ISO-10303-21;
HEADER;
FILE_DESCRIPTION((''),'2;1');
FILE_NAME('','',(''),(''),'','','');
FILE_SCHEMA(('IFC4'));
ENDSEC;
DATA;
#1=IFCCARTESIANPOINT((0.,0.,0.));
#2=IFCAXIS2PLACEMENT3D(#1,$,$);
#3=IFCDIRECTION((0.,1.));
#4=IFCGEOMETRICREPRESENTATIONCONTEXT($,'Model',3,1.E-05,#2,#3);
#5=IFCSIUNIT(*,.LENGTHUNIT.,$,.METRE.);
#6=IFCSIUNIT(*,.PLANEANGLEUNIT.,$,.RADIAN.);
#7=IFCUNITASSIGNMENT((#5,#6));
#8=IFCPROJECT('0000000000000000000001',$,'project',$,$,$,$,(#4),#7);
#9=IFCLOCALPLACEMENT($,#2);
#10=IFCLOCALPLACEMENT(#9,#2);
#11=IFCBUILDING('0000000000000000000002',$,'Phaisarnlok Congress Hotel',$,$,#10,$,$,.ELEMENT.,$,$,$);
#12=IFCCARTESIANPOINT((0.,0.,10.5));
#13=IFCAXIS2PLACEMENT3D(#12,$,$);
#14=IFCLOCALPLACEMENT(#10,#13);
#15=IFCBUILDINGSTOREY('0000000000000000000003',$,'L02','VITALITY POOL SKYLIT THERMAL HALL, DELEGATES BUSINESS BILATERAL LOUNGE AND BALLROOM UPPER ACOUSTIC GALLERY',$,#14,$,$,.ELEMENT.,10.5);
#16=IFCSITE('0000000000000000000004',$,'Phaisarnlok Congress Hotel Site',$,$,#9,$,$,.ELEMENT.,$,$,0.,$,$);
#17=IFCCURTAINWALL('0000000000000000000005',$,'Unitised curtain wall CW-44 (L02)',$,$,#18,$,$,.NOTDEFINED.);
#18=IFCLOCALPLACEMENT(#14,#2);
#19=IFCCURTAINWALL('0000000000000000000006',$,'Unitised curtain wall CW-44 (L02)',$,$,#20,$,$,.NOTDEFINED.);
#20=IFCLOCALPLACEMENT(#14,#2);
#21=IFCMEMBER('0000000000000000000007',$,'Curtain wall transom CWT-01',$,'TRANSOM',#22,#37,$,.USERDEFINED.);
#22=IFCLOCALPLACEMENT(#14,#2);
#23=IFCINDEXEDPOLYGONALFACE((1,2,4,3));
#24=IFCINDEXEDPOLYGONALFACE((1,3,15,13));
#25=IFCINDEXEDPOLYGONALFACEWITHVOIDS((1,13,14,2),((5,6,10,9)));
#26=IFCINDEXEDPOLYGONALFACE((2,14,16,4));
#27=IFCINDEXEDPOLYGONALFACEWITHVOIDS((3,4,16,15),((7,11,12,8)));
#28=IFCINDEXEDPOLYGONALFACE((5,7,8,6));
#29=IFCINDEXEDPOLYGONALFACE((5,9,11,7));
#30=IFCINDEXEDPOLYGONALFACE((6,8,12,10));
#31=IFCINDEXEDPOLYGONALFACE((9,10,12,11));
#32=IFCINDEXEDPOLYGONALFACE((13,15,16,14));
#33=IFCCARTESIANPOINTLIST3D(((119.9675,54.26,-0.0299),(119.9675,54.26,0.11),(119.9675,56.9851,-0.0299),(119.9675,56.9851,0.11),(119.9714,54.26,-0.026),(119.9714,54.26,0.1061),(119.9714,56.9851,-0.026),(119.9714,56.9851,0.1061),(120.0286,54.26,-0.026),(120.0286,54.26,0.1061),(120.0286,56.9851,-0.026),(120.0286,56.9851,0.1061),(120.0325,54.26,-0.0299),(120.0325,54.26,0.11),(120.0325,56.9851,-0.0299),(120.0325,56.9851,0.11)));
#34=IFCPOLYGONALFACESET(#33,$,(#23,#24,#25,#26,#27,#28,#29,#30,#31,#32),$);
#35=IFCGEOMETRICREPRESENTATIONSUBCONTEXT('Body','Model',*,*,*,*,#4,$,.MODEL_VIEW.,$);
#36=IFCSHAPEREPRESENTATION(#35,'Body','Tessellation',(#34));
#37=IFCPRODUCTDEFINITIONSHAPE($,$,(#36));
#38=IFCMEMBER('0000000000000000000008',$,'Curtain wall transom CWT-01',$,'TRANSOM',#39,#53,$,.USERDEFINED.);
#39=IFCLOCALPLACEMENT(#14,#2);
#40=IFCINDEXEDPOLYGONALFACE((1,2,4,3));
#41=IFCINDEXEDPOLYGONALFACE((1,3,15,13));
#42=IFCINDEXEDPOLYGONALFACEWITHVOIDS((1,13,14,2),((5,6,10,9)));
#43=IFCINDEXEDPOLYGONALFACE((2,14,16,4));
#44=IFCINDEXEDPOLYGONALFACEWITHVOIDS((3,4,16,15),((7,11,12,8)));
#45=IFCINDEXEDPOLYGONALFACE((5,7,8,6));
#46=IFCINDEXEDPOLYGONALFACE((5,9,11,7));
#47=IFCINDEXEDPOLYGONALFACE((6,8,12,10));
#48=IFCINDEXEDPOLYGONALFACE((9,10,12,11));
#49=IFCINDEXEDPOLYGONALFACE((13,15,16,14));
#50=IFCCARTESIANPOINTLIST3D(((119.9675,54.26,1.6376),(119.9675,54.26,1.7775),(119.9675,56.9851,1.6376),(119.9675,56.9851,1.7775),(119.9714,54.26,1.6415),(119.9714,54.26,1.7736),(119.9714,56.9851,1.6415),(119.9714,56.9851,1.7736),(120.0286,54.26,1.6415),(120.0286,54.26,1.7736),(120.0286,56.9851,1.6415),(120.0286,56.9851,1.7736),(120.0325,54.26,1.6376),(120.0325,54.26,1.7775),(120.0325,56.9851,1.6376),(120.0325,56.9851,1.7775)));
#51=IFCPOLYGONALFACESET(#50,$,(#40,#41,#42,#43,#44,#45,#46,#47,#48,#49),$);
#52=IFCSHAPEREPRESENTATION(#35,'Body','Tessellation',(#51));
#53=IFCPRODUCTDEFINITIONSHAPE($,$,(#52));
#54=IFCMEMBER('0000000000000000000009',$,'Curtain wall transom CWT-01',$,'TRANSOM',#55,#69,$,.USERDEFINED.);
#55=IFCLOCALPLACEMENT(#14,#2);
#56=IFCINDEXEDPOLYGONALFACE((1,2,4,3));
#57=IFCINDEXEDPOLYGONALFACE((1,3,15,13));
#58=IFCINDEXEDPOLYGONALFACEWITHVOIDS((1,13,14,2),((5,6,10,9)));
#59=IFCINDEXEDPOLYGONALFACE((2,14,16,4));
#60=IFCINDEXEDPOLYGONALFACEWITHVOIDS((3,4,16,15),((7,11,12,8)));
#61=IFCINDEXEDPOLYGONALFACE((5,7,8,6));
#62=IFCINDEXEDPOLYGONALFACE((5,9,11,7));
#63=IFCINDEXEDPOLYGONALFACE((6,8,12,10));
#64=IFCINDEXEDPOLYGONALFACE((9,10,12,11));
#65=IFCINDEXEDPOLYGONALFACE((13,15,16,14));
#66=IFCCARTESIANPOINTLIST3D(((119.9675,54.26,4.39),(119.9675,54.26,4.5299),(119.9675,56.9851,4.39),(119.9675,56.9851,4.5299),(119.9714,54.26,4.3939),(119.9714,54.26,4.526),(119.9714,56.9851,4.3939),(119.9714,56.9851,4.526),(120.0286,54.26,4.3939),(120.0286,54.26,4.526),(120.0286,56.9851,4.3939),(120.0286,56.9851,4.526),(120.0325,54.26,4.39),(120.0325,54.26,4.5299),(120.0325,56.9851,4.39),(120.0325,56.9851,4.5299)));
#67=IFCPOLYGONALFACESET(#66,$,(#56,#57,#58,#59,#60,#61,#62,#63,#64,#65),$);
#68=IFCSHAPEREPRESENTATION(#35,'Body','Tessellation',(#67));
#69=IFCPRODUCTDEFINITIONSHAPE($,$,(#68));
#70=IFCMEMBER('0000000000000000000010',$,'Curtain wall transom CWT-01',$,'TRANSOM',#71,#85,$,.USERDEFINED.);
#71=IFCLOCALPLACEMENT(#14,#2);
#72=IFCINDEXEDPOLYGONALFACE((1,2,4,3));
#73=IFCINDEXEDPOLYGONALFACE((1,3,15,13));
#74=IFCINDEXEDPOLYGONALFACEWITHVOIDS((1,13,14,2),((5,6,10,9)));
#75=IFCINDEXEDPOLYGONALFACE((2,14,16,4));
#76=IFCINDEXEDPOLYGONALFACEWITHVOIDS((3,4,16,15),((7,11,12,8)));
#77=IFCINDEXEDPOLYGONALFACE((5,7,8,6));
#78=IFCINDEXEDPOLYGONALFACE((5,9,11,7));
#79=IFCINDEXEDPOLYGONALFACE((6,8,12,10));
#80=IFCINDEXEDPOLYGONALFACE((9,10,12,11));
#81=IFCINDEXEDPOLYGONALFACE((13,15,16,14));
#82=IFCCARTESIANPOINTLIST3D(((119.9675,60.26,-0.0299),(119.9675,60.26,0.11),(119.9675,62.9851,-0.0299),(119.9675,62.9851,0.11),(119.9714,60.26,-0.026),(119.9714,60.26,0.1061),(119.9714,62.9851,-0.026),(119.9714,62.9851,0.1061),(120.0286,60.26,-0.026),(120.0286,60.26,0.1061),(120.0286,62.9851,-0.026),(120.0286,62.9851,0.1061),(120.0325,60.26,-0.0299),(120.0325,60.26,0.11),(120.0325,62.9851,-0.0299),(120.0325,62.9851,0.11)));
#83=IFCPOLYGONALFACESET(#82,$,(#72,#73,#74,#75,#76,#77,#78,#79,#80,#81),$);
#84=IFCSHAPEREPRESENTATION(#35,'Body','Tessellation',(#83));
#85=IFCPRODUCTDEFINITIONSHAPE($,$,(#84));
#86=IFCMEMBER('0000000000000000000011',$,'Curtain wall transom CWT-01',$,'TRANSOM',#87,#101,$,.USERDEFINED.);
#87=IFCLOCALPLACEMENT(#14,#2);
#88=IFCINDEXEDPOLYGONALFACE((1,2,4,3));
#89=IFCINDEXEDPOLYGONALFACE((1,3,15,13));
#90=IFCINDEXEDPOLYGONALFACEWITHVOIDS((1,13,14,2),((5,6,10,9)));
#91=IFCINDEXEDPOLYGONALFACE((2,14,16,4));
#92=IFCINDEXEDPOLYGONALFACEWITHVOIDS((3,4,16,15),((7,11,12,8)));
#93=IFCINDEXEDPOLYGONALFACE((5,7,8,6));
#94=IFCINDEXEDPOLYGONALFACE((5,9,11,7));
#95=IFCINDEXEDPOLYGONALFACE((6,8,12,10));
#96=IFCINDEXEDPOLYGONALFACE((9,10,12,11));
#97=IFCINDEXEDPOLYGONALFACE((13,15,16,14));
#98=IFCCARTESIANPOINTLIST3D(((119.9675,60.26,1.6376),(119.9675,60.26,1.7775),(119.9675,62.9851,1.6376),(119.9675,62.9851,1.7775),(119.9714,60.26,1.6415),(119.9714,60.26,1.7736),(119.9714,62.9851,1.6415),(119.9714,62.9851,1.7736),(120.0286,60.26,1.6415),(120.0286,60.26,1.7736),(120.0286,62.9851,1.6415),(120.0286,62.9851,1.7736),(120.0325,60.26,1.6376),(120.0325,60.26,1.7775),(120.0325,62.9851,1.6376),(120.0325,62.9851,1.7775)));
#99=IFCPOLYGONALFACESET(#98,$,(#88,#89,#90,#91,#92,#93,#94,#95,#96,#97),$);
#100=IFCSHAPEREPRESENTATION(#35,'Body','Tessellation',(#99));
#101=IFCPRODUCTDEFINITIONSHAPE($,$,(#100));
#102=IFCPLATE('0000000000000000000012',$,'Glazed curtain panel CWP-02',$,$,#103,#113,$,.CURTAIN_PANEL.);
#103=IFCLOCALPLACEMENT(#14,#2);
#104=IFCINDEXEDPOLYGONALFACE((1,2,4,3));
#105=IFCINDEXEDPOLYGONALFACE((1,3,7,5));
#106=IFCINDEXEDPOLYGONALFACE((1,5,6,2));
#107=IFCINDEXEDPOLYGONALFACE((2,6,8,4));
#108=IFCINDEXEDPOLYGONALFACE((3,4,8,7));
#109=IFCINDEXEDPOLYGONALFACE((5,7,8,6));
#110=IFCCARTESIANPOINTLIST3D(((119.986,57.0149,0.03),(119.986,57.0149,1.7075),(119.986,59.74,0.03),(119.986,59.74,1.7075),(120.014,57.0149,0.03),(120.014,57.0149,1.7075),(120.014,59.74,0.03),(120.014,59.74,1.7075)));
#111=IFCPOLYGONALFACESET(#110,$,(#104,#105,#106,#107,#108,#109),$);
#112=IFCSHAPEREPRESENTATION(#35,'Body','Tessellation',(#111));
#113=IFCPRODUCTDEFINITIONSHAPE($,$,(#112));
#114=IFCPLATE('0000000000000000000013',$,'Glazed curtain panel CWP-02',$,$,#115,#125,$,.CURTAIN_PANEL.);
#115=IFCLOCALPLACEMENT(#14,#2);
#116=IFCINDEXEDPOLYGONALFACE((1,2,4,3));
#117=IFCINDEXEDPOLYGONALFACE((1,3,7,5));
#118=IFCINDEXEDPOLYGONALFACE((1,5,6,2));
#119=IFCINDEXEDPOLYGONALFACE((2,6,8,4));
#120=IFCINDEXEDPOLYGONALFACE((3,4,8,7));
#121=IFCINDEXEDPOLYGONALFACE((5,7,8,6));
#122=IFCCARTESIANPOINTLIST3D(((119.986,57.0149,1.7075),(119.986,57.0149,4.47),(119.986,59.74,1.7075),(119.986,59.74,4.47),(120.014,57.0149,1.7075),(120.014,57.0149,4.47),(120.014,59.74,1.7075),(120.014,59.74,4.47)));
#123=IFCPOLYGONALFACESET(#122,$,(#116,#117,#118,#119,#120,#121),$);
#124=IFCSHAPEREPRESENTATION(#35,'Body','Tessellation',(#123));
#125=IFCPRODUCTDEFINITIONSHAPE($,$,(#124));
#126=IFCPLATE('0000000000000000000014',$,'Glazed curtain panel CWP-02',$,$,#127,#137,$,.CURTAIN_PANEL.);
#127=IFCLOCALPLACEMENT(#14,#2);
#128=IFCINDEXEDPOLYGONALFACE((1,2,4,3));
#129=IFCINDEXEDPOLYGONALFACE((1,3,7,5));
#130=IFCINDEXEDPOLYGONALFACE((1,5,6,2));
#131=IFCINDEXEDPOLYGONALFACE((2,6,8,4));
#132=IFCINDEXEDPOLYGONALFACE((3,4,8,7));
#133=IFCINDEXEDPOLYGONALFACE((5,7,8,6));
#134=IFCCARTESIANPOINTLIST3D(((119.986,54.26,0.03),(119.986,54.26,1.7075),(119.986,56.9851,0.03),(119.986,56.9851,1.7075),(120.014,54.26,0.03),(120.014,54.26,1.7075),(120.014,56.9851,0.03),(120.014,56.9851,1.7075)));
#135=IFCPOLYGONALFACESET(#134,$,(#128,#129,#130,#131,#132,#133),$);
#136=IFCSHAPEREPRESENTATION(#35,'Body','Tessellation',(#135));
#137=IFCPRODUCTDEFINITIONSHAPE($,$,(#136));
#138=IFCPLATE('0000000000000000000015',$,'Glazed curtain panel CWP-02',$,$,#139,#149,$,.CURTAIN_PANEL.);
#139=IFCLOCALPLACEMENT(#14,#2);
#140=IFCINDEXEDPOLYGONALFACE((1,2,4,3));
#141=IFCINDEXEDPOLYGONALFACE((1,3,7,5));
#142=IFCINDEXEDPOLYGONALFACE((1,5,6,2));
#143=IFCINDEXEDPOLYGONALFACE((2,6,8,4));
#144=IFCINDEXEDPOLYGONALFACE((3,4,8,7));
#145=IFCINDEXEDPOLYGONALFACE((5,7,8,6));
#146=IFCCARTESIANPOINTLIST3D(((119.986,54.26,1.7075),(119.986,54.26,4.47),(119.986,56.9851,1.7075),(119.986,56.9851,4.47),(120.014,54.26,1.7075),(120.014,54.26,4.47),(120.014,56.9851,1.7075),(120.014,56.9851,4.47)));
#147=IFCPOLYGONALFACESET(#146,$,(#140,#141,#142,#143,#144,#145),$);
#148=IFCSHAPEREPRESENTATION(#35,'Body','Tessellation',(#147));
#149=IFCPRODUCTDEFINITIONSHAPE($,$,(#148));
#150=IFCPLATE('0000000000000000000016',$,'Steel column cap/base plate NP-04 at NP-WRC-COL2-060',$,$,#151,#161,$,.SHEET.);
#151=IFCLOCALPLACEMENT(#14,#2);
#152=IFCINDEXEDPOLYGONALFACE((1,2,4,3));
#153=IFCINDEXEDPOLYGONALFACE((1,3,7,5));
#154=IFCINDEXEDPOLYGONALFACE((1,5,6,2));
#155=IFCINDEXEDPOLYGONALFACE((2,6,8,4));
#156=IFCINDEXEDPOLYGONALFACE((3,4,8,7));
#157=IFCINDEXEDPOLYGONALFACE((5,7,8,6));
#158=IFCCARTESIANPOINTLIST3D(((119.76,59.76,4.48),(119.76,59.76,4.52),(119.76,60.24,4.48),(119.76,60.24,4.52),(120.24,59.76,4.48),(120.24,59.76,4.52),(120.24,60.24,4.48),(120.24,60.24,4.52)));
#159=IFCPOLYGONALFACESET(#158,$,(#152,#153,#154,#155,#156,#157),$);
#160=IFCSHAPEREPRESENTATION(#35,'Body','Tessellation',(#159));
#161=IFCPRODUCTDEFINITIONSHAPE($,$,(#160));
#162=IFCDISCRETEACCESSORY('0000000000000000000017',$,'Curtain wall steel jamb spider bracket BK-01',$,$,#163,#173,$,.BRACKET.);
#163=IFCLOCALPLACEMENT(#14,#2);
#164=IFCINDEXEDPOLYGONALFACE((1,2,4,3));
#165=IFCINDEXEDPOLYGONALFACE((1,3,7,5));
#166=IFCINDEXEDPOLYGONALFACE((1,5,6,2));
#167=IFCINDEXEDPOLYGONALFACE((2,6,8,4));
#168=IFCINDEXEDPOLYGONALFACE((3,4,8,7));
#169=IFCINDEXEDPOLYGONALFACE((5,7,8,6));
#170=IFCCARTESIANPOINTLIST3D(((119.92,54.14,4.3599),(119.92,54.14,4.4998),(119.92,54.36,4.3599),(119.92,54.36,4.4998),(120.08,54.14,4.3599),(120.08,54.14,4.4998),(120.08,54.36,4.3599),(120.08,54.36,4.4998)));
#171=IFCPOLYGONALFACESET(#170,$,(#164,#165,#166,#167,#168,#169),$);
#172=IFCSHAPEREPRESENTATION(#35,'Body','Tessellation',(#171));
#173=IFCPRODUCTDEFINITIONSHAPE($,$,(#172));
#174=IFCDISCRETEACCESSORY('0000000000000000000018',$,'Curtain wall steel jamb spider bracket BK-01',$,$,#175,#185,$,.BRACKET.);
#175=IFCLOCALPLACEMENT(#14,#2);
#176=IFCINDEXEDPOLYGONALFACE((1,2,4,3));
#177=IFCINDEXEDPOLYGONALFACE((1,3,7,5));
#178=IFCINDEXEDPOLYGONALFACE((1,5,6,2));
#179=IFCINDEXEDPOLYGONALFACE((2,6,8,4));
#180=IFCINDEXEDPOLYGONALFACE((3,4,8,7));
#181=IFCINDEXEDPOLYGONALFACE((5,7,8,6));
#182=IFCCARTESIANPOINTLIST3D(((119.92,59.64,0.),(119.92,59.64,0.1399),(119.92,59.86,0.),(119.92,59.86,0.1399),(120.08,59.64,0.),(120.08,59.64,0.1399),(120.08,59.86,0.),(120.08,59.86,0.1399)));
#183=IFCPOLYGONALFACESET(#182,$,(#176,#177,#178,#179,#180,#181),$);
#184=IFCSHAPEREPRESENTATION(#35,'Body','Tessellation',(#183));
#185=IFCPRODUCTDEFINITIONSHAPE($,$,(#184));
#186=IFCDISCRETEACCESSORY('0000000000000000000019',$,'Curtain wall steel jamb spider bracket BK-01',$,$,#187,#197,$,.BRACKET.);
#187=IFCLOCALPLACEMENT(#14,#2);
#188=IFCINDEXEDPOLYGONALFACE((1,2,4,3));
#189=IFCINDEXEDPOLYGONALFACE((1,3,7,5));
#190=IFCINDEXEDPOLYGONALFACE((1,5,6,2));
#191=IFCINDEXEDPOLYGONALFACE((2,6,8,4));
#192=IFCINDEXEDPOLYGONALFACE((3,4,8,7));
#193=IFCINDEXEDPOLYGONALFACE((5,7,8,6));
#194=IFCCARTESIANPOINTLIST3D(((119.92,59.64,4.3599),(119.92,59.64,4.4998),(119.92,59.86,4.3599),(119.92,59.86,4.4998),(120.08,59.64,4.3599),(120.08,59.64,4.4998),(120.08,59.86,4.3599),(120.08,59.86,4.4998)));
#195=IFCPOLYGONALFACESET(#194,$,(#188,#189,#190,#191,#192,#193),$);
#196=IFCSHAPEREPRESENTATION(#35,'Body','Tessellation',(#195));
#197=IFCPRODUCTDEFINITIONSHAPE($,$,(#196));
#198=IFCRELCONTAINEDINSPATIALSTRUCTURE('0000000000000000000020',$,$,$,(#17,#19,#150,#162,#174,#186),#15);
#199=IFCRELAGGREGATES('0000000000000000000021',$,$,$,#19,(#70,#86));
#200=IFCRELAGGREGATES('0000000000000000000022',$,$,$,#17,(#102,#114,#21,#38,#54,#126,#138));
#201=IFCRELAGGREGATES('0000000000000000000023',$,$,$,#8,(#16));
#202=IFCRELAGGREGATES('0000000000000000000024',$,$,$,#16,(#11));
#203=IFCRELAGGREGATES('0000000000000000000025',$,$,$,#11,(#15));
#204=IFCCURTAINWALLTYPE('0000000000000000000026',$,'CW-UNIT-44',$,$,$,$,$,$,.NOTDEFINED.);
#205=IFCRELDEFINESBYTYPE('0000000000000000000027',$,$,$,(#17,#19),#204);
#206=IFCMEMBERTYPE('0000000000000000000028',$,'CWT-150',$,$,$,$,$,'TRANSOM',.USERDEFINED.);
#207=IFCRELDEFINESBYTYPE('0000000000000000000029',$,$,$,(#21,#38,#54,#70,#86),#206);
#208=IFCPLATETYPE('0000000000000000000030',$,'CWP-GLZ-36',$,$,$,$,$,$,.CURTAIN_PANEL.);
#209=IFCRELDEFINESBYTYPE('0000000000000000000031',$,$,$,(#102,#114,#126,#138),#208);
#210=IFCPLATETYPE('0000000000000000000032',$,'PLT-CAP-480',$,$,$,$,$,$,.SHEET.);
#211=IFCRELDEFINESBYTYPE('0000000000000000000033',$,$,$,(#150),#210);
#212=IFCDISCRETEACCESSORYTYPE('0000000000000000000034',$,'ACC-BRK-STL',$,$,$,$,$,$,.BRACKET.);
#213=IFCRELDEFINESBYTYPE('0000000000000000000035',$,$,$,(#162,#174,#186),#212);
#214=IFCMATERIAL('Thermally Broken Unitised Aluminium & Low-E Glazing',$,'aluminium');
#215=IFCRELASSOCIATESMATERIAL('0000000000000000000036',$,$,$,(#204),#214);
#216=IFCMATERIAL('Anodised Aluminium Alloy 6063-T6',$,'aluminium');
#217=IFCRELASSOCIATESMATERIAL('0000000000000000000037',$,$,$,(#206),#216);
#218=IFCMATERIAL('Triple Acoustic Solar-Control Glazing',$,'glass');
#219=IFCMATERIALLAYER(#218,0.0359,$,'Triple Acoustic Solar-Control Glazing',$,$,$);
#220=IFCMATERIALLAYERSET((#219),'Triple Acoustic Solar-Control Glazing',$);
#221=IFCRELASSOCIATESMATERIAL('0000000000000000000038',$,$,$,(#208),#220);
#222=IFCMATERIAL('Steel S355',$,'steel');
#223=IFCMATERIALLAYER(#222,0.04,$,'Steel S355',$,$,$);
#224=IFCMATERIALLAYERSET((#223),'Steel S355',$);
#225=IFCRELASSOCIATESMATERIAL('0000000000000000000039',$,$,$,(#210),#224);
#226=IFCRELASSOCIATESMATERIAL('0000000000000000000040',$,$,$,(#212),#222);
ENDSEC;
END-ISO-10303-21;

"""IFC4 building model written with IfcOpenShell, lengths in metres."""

from ifc_helpers import new_model, si_unit, direction, frame, frame_2d, origin, origin_2d, place, context, subcontext, project, spatial, rectangle, hollow_rectangle, extrude, material, layer, layer_set, material_profile, profile_set, type_object, element, aggregate, save


model = new_model("IFC4")

# Units and contexts
model_context = context("Model", 3, precision=1e-05, world=origin(), true_north=direction((0.0, 1.0)))
body_context = subcontext(model_context, "Body", "Model", "MODEL_VIEW")
ifc_project = project(units=[si_unit("LENGTHUNIT", "METRE"), si_unit("PLANEANGLEUNIT", "RADIAN")], contexts=[model_context])

# Site, building, storey
site_placement = place(None, origin())
site = spatial("IfcSite", under=ifc_project, at=site_placement, Name="Phaisarnlok Congress Hotel Site", CompositionType="ELEMENT", RefElevation=0.0)
building_placement = place(site_placement, origin())
building = spatial("IfcBuilding", under=site, at=building_placement, Name="Phaisarnlok Congress Hotel", CompositionType="ELEMENT")
storey_placement = place(building_placement, frame((0.0, 0.0, 10.5)))
storey = spatial("IfcBuildingStorey", under=building, at=storey_placement, Name="L02", Description="VITALITY POOL SKYLIT THERMAL HALL, DELEGATES BUSINESS BILATERAL LOUNGE AND BALLROOM UPPER ACOUSTIC GALLERY", CompositionType="ELEMENT", Elevation=10.5)

# Shared definitions
ifc_material_1 = material(Name="Steel S355", Category="steel")

# Curtain wall
ifc_material_2 = material(Name="Thermally Broken Unitised Aluminium & Low-E Glazing", Category="aluminium")
curtain_wall_type = type_object("IfcCurtainWallType", Name="CW-UNIT-44", PredefinedType="NOTDEFINED", material=ifc_material_2)
curtain_wall_1_placement = place(storey_placement, origin())
curtain_wall_1 = element("IfcCurtainWall", 1, at=curtain_wall_1_placement, inside=storey, type_object=curtain_wall_type, Name="Unitised curtain wall CW-44 (L02)", PredefinedType="NOTDEFINED")
ifc_material_3 = material(Name="Anodised Aluminium Alloy 6063-T6", Category="aluminium")

# Curtain wall
curtain_wall_2_placement = place(storey_placement, origin())
curtain_wall_2 = element("IfcCurtainWall", 2, at=curtain_wall_2_placement, inside=storey, type_object=curtain_wall_type, Name="Unitised curtain wall CW-44 (L02)", PredefinedType="NOTDEFINED")

# Members
ifc_material_profile_1 = material_profile(ifc_material_3, hollow_rectangle(XDim=0.0649, YDim=0.1399, WallThickness=0.0039, at=origin_2d()), Name="ALU-T 65x140x4")
ifc_profile_set_1 = profile_set([ifc_material_profile_1], Name="Anodised Aluminium Alloy 6063-T6")
member_type_1 = type_object("IfcMemberType", Name="CWT-150", ElementType="TRANSOM", PredefinedType="USERDEFINED", material=ifc_profile_set_1)
member_1_placement = place(storey_placement, frame((120.0, 56.9851, 0.04), z_axis=(0.0, -1.0, 0.0), x_axis=(1.0, 0.0, 0.0)))
member_1 = element("IfcMember", 3, at=member_1_placement, type_object=member_type_1, Name="Curtain wall transom CWT-01", ObjectType="TRANSOM", PredefinedType="USERDEFINED", context=body_context, shape_type="SweptSolid", body=[
    extrude(hollow_rectangle(XDim=0.0649, YDim=0.1399, WallThickness=0.0039, at=origin_2d()), origin(), (0.0, 0.0, 1.0), 2.7251),
])
member_2_placement = place(storey_placement, frame((120.0, 56.9851, 1.7075), z_axis=(0.0, -1.0, 0.0), x_axis=(1.0, 0.0, 0.0)))
member_2 = element("IfcMember", 4, at=member_2_placement, type_object=member_type_1, Name="Curtain wall transom CWT-01", ObjectType="TRANSOM", PredefinedType="USERDEFINED", context=body_context, shape_type="SweptSolid", body=[
    extrude(hollow_rectangle(XDim=0.0649, YDim=0.1399, WallThickness=0.0039, at=origin_2d()), origin(), (0.0, 0.0, 1.0), 2.7251),
])
member_3_placement = place(storey_placement, frame((120.0, 56.9851, 4.46), z_axis=(0.0, -1.0, 0.0), x_axis=(1.0, 0.0, 0.0)))
member_3 = element("IfcMember", 5, at=member_3_placement, type_object=member_type_1, Name="Curtain wall transom CWT-01", ObjectType="TRANSOM", PredefinedType="USERDEFINED", context=body_context, shape_type="SweptSolid", body=[
    extrude(hollow_rectangle(XDim=0.0649, YDim=0.1399, WallThickness=0.0039, at=origin_2d()), origin(), (0.0, 0.0, 1.0), 2.7251),
])
member_4_placement = place(storey_placement, frame((120.0, 62.9851, 0.04), z_axis=(0.0, -1.0, 0.0), x_axis=(1.0, 0.0, 0.0)))
member_4 = element("IfcMember", 6, at=member_4_placement, type_object=member_type_1, Name="Curtain wall transom CWT-01", ObjectType="TRANSOM", PredefinedType="USERDEFINED", context=body_context, shape_type="SweptSolid", body=[
    extrude(hollow_rectangle(XDim=0.0649, YDim=0.1399, WallThickness=0.0039, at=origin_2d()), origin(), (0.0, 0.0, 1.0), 2.7251),
])
member_5_placement = place(storey_placement, frame((120.0, 62.9851, 1.7075), z_axis=(0.0, -1.0, 0.0), x_axis=(1.0, 0.0, 0.0)))
member_5 = element("IfcMember", 7, at=member_5_placement, type_object=member_type_1, Name="Curtain wall transom CWT-01", ObjectType="TRANSOM", PredefinedType="USERDEFINED", context=body_context, shape_type="SweptSolid", body=[
    extrude(hollow_rectangle(XDim=0.0649, YDim=0.1399, WallThickness=0.0039, at=origin_2d()), origin(), (0.0, 0.0, 1.0), 2.7251),
])
aggregate(curtain_wall_2, [member_4, member_5])

# Plates
ifc_material_4 = material(Name="Triple Acoustic Solar-Control Glazing", Category="glass")
ifc_layer_1 = layer(ifc_material_4, 0.0359, Name="Triple Acoustic Solar-Control Glazing")
ifc_layer_set_1 = layer_set([ifc_layer_1], Name="Triple Acoustic Solar-Control Glazing")
plate_type_1 = type_object("IfcPlateType", Name="CWP-GLZ-36", PredefinedType="CURTAIN_PANEL", material=ifc_layer_set_1)
plate_1_placement = place(storey_placement, frame((120.0, 59.74, 0.03), z_axis=(0.0, 0.0, 1.0), x_axis=(0.0, -1.0, 0.0)))
plate_1 = element("IfcPlate", 8, at=plate_1_placement, type_object=plate_type_1, Name="Glazed curtain panel CWP-02", PredefinedType="CURTAIN_PANEL", context=body_context, shape_type="SweptSolid", body=[
    extrude(rectangle(XDim=2.7251, YDim=0.0281, at=frame_2d((1.3625, 0.0))), origin(), (0.0, 0.0, 1.0), 1.6775),
])
plate_2_placement = place(storey_placement, frame((120.0, 59.74, 1.7075), z_axis=(0.0, 0.0, 1.0), x_axis=(0.0, -1.0, 0.0)))
plate_2 = element("IfcPlate", 9, at=plate_2_placement, type_object=plate_type_1, Name="Glazed curtain panel CWP-02", PredefinedType="CURTAIN_PANEL", context=body_context, shape_type="SweptSolid", body=[
    extrude(rectangle(XDim=2.7251, YDim=0.0281, at=frame_2d((1.3625, 0.0))), origin(), (0.0, 0.0, 1.0), 2.7625),
])
plate_3_placement = place(storey_placement, frame((120.0, 56.9851, 0.03), z_axis=(0.0, 0.0, 1.0), x_axis=(0.0, -1.0, 0.0)))
plate_3 = element("IfcPlate", 10, at=plate_3_placement, type_object=plate_type_1, Name="Glazed curtain panel CWP-02", PredefinedType="CURTAIN_PANEL", context=body_context, shape_type="SweptSolid", body=[
    extrude(rectangle(XDim=2.7251, YDim=0.0281, at=frame_2d((1.3625, 0.0))), origin(), (0.0, 0.0, 1.0), 1.6775),
])
plate_4_placement = place(storey_placement, frame((120.0, 56.9851, 1.7075), z_axis=(0.0, 0.0, 1.0), x_axis=(0.0, -1.0, 0.0)))
plate_4 = element("IfcPlate", 11, at=plate_4_placement, type_object=plate_type_1, Name="Glazed curtain panel CWP-02", PredefinedType="CURTAIN_PANEL", context=body_context, shape_type="SweptSolid", body=[
    extrude(rectangle(XDim=2.7251, YDim=0.0281, at=frame_2d((1.3625, 0.0))), origin(), (0.0, 0.0, 1.0), 2.7625),
])
aggregate(curtain_wall_1, [plate_1, plate_2, member_1, member_2, member_3, plate_3, plate_4])
ifc_layer_2 = layer(ifc_material_1, 0.04, Name="Steel S355")
ifc_layer_set_2 = layer_set([ifc_layer_2], Name="Steel S355")
plate_type_2 = type_object("IfcPlateType", Name="PLT-CAP-480", PredefinedType="SHEET", material=ifc_layer_set_2)
plate_5_placement = place(storey_placement, frame((120.0, 60.0, 4.48), z_axis=(0.0, 0.0, 1.0), x_axis=(1.0, 0.0, 0.0)))
element("IfcPlate", 12, at=plate_5_placement, inside=storey, type_object=plate_type_2, Name="Steel column cap/base plate NP-04 at NP-WRC-COL2-060", PredefinedType="SHEET", context=body_context, shape_type="SweptSolid", body=[
    extrude(rectangle(XDim=0.48, YDim=0.48, at=origin_2d()), origin(), (0.0, 0.0, 1.0), 0.04),
])

# Discrete accessories
discrete_accessory_type = type_object("IfcDiscreteAccessoryType", Name="ACC-BRK-STL", PredefinedType="BRACKET", material=ifc_material_1)
for number, where, z_axis, x_axis, name in (
    (13, (120.0, 54.25, 4.3599), (0.0, 0.0, 1.0), (1.0, 0.0, 0.0), "Curtain wall steel jamb spider bracket BK-01"),
    (14, (120.0, 59.75, 0.0), (0.0, 0.0, 1.0), (1.0, 0.0, 0.0), "Curtain wall steel jamb spider bracket BK-01"),
    (15, (120.0, 59.75, 4.3599), (0.0, 0.0, 1.0), (1.0, 0.0, 0.0), "Curtain wall steel jamb spider bracket BK-01"),
):
    element("IfcDiscreteAccessory", number, at=place(storey_placement, frame(where, z_axis=z_axis, x_axis=x_axis)), inside=storey, type_object=discrete_accessory_type, Name=name, PredefinedType="BRACKET", context=body_context, shape_type="SweptSolid", body=[
        extrude(rectangle(XDim=0.1599, YDim=0.22, at=origin_2d()), origin(), (0.0, 0.0, 1.0), 0.1399),
    ])

save(model, "model.ifc")
